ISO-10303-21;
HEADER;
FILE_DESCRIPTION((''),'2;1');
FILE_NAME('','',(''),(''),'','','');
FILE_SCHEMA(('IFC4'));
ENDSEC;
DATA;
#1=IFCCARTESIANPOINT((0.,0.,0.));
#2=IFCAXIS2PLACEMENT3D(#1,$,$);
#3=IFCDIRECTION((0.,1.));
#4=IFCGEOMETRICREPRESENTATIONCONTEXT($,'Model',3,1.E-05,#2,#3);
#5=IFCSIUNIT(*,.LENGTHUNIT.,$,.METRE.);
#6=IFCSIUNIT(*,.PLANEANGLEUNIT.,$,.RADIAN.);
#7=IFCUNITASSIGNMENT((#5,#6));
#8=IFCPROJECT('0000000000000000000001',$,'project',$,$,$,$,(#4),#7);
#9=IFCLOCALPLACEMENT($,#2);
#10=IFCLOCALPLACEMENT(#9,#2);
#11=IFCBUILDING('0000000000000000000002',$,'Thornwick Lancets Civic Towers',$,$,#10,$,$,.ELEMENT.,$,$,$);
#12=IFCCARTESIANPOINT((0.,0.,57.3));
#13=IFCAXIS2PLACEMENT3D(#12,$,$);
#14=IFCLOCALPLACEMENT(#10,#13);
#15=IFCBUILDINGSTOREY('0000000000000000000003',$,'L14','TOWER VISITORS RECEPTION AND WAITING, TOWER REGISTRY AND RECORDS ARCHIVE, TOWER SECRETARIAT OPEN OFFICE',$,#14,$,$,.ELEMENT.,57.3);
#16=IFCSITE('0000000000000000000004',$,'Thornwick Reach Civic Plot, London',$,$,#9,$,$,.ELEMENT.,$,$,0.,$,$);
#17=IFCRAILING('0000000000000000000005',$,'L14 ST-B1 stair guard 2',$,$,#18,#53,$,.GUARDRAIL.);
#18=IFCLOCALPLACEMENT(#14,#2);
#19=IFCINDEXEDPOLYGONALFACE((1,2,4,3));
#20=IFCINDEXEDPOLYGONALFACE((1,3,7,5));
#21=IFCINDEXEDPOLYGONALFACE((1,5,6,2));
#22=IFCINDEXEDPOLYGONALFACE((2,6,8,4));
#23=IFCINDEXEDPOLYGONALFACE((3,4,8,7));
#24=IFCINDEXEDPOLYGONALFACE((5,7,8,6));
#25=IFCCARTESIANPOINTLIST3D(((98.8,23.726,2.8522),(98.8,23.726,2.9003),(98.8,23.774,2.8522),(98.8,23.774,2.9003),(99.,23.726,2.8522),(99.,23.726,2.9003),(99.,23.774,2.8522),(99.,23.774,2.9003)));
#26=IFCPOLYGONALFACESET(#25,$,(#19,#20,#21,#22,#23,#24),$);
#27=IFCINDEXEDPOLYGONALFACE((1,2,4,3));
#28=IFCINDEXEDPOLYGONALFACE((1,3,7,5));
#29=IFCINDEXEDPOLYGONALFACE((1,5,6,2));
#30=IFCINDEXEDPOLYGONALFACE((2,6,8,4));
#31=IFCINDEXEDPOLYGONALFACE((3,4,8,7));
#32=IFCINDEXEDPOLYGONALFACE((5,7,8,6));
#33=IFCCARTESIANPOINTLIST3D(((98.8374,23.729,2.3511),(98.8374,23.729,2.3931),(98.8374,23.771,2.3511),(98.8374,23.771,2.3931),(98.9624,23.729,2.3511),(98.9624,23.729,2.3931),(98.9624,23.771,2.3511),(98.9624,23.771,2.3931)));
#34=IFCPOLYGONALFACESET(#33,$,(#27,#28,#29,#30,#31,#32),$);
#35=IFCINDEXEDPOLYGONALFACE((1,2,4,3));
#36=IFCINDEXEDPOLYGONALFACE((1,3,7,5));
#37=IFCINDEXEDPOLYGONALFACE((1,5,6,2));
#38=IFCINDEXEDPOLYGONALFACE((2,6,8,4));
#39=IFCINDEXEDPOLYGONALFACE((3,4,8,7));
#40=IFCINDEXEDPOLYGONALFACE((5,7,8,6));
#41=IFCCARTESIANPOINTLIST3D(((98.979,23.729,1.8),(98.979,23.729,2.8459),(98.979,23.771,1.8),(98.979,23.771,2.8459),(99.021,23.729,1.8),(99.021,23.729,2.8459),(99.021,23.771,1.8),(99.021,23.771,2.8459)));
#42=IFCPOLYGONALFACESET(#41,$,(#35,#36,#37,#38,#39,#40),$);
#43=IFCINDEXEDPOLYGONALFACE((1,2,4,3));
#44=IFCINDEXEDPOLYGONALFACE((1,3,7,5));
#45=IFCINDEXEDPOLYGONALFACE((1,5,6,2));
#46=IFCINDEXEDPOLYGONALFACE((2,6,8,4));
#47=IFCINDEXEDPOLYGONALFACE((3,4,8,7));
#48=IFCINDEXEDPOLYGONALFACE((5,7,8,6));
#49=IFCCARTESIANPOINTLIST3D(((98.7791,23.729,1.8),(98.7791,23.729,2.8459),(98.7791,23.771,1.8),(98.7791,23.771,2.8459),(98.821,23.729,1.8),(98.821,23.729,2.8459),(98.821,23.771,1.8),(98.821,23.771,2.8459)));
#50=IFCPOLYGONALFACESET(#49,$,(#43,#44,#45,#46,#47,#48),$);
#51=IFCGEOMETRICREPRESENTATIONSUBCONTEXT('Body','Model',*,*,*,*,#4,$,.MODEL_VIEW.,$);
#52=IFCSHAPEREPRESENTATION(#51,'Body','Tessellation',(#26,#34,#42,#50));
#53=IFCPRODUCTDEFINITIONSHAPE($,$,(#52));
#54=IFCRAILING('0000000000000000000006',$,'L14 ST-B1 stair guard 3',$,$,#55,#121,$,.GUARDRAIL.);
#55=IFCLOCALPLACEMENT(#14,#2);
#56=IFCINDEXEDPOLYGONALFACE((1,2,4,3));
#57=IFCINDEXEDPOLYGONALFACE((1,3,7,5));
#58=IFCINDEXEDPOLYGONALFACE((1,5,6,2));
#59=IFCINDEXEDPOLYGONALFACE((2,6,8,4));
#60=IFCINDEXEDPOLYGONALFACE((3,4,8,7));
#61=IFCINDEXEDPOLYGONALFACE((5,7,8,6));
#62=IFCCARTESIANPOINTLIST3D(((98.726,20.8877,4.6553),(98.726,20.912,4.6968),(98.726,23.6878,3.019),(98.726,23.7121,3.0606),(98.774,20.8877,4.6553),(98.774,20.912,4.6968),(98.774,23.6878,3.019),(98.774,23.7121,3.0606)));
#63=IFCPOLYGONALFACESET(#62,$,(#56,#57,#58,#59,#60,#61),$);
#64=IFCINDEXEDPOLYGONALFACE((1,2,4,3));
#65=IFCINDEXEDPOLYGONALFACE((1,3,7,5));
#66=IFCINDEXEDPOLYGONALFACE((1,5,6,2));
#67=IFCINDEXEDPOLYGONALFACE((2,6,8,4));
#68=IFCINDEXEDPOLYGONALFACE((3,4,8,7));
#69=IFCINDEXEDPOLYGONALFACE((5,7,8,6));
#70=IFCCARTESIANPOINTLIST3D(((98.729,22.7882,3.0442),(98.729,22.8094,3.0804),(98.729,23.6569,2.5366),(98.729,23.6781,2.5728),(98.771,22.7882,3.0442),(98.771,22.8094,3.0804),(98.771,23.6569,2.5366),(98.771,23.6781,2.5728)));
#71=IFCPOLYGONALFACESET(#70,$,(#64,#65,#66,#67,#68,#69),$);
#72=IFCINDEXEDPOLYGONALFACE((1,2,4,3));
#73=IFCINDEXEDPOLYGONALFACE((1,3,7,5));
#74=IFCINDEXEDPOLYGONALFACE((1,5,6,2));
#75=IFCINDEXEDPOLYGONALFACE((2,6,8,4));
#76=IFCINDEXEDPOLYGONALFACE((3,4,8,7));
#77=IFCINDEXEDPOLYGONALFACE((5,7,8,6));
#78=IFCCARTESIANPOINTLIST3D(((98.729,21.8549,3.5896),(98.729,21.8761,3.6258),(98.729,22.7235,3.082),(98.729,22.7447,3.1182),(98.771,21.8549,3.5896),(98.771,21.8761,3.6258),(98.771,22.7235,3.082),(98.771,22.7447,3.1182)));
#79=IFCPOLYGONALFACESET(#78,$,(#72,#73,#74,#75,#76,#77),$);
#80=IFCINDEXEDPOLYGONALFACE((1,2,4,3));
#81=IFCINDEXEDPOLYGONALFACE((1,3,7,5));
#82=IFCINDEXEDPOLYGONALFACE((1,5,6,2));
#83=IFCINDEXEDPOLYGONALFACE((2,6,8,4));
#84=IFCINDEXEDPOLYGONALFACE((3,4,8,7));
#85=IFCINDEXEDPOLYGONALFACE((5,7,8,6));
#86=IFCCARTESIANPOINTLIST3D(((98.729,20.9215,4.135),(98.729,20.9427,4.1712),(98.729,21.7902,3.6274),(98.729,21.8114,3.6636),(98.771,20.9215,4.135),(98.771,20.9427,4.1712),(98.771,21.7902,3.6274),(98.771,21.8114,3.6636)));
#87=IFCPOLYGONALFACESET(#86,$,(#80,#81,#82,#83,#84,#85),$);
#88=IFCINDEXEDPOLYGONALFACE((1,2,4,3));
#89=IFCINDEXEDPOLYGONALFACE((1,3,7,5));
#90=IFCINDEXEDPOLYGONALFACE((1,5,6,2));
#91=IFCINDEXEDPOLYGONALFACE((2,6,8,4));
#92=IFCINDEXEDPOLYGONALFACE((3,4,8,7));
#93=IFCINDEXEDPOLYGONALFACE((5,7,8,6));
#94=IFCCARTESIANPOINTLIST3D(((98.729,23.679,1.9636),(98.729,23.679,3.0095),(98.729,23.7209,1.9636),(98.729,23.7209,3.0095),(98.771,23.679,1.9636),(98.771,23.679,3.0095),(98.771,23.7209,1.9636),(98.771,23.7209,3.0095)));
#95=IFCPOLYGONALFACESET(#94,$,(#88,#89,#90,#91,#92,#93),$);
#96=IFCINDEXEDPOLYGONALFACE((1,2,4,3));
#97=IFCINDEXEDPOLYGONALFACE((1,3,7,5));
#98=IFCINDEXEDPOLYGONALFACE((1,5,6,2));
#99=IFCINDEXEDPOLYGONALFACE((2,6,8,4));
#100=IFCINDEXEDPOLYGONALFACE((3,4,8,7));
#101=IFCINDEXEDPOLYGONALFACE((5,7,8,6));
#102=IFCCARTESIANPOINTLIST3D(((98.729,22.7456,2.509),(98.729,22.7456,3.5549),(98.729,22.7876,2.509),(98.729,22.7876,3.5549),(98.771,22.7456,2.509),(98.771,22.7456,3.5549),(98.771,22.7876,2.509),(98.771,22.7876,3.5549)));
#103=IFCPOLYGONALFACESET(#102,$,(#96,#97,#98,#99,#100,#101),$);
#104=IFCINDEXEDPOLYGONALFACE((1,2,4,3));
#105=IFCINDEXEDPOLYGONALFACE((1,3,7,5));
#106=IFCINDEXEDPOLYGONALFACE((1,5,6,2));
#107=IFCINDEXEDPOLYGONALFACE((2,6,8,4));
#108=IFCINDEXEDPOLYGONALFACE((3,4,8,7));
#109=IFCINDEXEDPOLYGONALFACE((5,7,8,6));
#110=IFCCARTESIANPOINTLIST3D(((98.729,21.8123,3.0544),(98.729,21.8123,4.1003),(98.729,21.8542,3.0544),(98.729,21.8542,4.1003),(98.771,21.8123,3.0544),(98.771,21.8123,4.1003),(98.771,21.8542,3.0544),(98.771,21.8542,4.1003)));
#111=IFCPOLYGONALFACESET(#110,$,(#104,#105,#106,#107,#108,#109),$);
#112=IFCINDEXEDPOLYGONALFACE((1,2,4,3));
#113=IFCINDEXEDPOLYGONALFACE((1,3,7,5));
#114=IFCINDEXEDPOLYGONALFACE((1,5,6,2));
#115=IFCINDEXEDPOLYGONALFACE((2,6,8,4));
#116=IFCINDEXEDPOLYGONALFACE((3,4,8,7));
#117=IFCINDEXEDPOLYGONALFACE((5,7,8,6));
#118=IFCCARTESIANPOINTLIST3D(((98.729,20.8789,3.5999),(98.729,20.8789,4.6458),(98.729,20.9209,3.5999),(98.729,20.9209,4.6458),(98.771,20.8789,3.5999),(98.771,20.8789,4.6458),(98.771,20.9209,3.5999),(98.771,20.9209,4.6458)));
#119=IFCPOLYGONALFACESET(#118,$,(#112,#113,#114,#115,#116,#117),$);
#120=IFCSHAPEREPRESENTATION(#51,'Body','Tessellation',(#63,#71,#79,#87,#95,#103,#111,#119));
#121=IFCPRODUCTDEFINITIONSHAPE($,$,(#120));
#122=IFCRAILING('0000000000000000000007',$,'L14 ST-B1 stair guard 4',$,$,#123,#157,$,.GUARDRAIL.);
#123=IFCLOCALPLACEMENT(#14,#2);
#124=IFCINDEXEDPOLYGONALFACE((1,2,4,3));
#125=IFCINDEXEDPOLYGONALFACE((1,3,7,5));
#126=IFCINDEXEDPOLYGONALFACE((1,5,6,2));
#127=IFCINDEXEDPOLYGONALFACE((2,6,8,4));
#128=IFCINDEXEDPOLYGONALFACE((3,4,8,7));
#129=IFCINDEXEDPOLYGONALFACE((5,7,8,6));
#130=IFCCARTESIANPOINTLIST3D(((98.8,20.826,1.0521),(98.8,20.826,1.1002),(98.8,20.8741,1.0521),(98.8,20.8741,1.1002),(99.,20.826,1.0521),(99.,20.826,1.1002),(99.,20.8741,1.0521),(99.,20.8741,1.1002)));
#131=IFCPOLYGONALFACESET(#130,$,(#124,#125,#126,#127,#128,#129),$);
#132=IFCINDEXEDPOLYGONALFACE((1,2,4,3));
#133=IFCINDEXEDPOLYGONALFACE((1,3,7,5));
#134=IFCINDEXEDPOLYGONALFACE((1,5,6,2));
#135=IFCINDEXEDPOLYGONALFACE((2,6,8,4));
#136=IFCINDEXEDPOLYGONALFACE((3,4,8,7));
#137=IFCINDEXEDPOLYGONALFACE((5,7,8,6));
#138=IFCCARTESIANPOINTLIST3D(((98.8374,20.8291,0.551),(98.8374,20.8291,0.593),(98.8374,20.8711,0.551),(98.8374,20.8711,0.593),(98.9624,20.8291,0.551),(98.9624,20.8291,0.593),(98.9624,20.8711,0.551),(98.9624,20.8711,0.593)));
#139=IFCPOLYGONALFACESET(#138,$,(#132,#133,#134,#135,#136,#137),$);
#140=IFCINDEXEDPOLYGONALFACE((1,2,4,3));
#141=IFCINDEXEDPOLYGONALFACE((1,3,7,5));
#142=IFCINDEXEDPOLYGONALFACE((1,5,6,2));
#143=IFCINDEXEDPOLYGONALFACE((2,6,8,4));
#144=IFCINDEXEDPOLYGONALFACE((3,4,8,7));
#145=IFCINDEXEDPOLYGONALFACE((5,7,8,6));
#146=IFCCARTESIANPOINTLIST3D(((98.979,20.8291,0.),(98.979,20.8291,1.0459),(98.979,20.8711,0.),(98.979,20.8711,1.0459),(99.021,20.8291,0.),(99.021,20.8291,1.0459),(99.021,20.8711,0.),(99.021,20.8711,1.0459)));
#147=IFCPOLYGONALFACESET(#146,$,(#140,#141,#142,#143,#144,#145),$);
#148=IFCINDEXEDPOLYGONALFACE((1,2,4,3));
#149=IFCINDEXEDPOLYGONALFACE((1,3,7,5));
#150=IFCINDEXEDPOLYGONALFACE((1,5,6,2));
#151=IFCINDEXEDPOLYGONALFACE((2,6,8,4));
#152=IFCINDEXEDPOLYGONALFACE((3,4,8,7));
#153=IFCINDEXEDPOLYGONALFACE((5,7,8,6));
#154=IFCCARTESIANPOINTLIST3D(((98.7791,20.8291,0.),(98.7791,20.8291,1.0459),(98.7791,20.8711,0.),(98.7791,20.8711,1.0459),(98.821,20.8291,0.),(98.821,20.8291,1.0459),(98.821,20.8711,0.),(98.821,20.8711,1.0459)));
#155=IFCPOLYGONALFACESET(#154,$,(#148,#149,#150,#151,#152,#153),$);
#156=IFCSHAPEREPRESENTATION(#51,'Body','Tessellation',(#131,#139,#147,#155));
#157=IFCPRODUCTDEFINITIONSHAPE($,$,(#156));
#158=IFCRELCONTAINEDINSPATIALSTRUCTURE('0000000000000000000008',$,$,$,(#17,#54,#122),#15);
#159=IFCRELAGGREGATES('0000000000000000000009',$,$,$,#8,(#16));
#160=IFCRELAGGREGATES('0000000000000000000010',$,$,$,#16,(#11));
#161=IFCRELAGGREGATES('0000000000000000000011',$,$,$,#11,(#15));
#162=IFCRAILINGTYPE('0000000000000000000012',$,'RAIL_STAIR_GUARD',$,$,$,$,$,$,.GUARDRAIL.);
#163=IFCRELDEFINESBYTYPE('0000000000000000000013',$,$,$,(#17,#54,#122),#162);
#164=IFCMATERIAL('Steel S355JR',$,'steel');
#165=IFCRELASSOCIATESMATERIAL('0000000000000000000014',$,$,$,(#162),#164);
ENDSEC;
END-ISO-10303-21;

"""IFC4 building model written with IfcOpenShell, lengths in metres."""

from ifc_helpers import new_model, si_unit, direction, frame, origin, origin_2d, place, context, subcontext, project, spatial, rectangle, extrude, material, type_object, element, save


model = new_model("IFC4")

# Units and contexts
model_context = context("Model", 3, precision=1e-05, world=origin(), true_north=direction((0.0, 1.0)))
body_context = subcontext(model_context, "Body", "Model", "MODEL_VIEW")
ifc_project = project(units=[si_unit("LENGTHUNIT", "METRE"), si_unit("PLANEANGLEUNIT", "RADIAN")], contexts=[model_context])

# Site, building, storey
site_placement = place(None, origin())
site = spatial("IfcSite", under=ifc_project, at=site_placement, Name="Thornwick Reach Civic Plot, London", CompositionType="ELEMENT", RefElevation=0.0)
building_placement = place(site_placement, origin())
building = spatial("IfcBuilding", under=site, at=building_placement, Name="Thornwick Lancets Civic Towers", CompositionType="ELEMENT")
storey_placement = place(building_placement, frame((0.0, 0.0, 57.3)))
storey = spatial("IfcBuildingStorey", under=building, at=storey_placement, Name="L14", Description="TOWER VISITORS RECEPTION AND WAITING, TOWER REGISTRY AND RECORDS ARCHIVE, TOWER SECRETARIAT OPEN OFFICE", CompositionType="ELEMENT", Elevation=57.3)

# Railings
ifc_material_1 = material(Name="Steel S355JR", Category="steel")
railing_type_1 = type_object("IfcRailingType", Name="RAIL_STAIR_GUARD", PredefinedType="GUARDRAIL", material=ifc_material_1)
railing_1_placement = place(storey_placement, frame((99.0, 23.75, 1.8)))
element("IfcRailing", 1, at=railing_1_placement, inside=storey, type_object=railing_type_1, Name="L14 ST-B1 stair guard 2", PredefinedType="GUARDRAIL", context=body_context, shape_type="SweptSolid", body=[
    extrude(rectangle(XDim=0.0481, YDim=0.0481, at=origin_2d()), frame((0.0, 0.0, 1.0762), z_axis=(-1.0, 0.0, 0.0), x_axis=(0.0, -1.0, 0.0)), (0.0, 0.0, 1.0), 0.2),
    extrude(rectangle(XDim=0.042, YDim=0.042, at=origin_2d()), frame((-0.0376, 0.0, 0.572), z_axis=(-1.0, 0.0, 0.0), x_axis=(0.0, -1.0, 0.0)), (0.0, 0.0, 1.0), 0.125),
    extrude(rectangle(XDim=0.042, YDim=0.042, at=origin_2d()), origin(), (0.0, 0.0, 1.0), 1.0459),
    extrude(rectangle(XDim=0.042, YDim=0.042, at=origin_2d()), frame((-0.2, 0.0, 0.0)), (0.0, 0.0, 1.0), 1.0459),
])
railing_2_placement = place(storey_placement, frame((98.75, 23.7, 1.9636)))
element("IfcRailing", 2, at=railing_2_placement, inside=storey, type_object=railing_type_1, Name="L14 ST-B1 stair guard 3", PredefinedType="GUARDRAIL", context=body_context, shape_type="SweptSolid", body=[
    extrude(rectangle(XDim=0.0481, YDim=0.0481, at=origin_2d()), frame((0.0, 0.0, 1.0762), z_axis=(0.0, -0.863394, 0.504531), x_axis=(1.0, 0.0, 0.0)), (0.0, 0.0, 1.0), 3.2432),
    extrude(rectangle(XDim=0.042, YDim=0.042, at=origin_2d()), frame((0.0, -0.0325, 0.5911), z_axis=(0.0, -0.863394, 0.504531), x_axis=(1.0, 0.0, 0.0)), (0.0, 0.0, 1.0), 1.0061),
    extrude(rectangle(XDim=0.042, YDim=0.042, at=origin_2d()), frame((0.0, -0.9658, 1.1365), z_axis=(0.0, -0.863394, 0.504531), x_axis=(1.0, 0.0, 0.0)), (0.0, 0.0, 1.0), 1.0061),
    extrude(rectangle(XDim=0.042, YDim=0.042, at=origin_2d()), frame((0.0, -1.8992, 1.6819), z_axis=(0.0, -0.863394, 0.504531), x_axis=(1.0, 0.0, 0.0)), (0.0, 0.0, 1.0), 1.0061),
    extrude(rectangle(XDim=0.042, YDim=0.042, at=origin_2d()), origin(), (0.0, 0.0, 1.0), 1.0459),
    extrude(rectangle(XDim=0.042, YDim=0.042, at=origin_2d()), frame((0.0, -0.9333, 0.5454)), (0.0, 0.0, 1.0), 1.0459),
    extrude(rectangle(XDim=0.042, YDim=0.042, at=origin_2d()), frame((0.0, -1.8667, 1.0908)), (0.0, 0.0, 1.0), 1.0459),
    extrude(rectangle(XDim=0.042, YDim=0.042, at=origin_2d()), frame((0.0, -2.8, 1.6362)), (0.0, 0.0, 1.0), 1.0459),
])
railing_3_placement = place(storey_placement, frame((99.0, 20.8501, 0.0)))
element("IfcRailing", 3, at=railing_3_placement, inside=storey, type_object=railing_type_1, Name="L14 ST-B1 stair guard 4", PredefinedType="GUARDRAIL", context=body_context, shape_type="SweptSolid", body=[
    extrude(rectangle(XDim=0.0481, YDim=0.0481, at=origin_2d()), frame((0.0, 0.0, 1.0762), z_axis=(-1.0, 0.0, 0.0), x_axis=(0.0, -1.0, 0.0)), (0.0, 0.0, 1.0), 0.2),
    extrude(rectangle(XDim=0.042, YDim=0.042, at=origin_2d()), frame((-0.0376, 0.0, 0.572), z_axis=(-1.0, 0.0, 0.0), x_axis=(0.0, -1.0, 0.0)), (0.0, 0.0, 1.0), 0.125),
    extrude(rectangle(XDim=0.042, YDim=0.042, at=origin_2d()), origin(), (0.0, 0.0, 1.0), 1.0459),
    extrude(rectangle(XDim=0.042, YDim=0.042, at=origin_2d()), frame((-0.2, 0.0, 0.0)), (0.0, 0.0, 1.0), 1.0459),
])

save(model, "model.ifc")
